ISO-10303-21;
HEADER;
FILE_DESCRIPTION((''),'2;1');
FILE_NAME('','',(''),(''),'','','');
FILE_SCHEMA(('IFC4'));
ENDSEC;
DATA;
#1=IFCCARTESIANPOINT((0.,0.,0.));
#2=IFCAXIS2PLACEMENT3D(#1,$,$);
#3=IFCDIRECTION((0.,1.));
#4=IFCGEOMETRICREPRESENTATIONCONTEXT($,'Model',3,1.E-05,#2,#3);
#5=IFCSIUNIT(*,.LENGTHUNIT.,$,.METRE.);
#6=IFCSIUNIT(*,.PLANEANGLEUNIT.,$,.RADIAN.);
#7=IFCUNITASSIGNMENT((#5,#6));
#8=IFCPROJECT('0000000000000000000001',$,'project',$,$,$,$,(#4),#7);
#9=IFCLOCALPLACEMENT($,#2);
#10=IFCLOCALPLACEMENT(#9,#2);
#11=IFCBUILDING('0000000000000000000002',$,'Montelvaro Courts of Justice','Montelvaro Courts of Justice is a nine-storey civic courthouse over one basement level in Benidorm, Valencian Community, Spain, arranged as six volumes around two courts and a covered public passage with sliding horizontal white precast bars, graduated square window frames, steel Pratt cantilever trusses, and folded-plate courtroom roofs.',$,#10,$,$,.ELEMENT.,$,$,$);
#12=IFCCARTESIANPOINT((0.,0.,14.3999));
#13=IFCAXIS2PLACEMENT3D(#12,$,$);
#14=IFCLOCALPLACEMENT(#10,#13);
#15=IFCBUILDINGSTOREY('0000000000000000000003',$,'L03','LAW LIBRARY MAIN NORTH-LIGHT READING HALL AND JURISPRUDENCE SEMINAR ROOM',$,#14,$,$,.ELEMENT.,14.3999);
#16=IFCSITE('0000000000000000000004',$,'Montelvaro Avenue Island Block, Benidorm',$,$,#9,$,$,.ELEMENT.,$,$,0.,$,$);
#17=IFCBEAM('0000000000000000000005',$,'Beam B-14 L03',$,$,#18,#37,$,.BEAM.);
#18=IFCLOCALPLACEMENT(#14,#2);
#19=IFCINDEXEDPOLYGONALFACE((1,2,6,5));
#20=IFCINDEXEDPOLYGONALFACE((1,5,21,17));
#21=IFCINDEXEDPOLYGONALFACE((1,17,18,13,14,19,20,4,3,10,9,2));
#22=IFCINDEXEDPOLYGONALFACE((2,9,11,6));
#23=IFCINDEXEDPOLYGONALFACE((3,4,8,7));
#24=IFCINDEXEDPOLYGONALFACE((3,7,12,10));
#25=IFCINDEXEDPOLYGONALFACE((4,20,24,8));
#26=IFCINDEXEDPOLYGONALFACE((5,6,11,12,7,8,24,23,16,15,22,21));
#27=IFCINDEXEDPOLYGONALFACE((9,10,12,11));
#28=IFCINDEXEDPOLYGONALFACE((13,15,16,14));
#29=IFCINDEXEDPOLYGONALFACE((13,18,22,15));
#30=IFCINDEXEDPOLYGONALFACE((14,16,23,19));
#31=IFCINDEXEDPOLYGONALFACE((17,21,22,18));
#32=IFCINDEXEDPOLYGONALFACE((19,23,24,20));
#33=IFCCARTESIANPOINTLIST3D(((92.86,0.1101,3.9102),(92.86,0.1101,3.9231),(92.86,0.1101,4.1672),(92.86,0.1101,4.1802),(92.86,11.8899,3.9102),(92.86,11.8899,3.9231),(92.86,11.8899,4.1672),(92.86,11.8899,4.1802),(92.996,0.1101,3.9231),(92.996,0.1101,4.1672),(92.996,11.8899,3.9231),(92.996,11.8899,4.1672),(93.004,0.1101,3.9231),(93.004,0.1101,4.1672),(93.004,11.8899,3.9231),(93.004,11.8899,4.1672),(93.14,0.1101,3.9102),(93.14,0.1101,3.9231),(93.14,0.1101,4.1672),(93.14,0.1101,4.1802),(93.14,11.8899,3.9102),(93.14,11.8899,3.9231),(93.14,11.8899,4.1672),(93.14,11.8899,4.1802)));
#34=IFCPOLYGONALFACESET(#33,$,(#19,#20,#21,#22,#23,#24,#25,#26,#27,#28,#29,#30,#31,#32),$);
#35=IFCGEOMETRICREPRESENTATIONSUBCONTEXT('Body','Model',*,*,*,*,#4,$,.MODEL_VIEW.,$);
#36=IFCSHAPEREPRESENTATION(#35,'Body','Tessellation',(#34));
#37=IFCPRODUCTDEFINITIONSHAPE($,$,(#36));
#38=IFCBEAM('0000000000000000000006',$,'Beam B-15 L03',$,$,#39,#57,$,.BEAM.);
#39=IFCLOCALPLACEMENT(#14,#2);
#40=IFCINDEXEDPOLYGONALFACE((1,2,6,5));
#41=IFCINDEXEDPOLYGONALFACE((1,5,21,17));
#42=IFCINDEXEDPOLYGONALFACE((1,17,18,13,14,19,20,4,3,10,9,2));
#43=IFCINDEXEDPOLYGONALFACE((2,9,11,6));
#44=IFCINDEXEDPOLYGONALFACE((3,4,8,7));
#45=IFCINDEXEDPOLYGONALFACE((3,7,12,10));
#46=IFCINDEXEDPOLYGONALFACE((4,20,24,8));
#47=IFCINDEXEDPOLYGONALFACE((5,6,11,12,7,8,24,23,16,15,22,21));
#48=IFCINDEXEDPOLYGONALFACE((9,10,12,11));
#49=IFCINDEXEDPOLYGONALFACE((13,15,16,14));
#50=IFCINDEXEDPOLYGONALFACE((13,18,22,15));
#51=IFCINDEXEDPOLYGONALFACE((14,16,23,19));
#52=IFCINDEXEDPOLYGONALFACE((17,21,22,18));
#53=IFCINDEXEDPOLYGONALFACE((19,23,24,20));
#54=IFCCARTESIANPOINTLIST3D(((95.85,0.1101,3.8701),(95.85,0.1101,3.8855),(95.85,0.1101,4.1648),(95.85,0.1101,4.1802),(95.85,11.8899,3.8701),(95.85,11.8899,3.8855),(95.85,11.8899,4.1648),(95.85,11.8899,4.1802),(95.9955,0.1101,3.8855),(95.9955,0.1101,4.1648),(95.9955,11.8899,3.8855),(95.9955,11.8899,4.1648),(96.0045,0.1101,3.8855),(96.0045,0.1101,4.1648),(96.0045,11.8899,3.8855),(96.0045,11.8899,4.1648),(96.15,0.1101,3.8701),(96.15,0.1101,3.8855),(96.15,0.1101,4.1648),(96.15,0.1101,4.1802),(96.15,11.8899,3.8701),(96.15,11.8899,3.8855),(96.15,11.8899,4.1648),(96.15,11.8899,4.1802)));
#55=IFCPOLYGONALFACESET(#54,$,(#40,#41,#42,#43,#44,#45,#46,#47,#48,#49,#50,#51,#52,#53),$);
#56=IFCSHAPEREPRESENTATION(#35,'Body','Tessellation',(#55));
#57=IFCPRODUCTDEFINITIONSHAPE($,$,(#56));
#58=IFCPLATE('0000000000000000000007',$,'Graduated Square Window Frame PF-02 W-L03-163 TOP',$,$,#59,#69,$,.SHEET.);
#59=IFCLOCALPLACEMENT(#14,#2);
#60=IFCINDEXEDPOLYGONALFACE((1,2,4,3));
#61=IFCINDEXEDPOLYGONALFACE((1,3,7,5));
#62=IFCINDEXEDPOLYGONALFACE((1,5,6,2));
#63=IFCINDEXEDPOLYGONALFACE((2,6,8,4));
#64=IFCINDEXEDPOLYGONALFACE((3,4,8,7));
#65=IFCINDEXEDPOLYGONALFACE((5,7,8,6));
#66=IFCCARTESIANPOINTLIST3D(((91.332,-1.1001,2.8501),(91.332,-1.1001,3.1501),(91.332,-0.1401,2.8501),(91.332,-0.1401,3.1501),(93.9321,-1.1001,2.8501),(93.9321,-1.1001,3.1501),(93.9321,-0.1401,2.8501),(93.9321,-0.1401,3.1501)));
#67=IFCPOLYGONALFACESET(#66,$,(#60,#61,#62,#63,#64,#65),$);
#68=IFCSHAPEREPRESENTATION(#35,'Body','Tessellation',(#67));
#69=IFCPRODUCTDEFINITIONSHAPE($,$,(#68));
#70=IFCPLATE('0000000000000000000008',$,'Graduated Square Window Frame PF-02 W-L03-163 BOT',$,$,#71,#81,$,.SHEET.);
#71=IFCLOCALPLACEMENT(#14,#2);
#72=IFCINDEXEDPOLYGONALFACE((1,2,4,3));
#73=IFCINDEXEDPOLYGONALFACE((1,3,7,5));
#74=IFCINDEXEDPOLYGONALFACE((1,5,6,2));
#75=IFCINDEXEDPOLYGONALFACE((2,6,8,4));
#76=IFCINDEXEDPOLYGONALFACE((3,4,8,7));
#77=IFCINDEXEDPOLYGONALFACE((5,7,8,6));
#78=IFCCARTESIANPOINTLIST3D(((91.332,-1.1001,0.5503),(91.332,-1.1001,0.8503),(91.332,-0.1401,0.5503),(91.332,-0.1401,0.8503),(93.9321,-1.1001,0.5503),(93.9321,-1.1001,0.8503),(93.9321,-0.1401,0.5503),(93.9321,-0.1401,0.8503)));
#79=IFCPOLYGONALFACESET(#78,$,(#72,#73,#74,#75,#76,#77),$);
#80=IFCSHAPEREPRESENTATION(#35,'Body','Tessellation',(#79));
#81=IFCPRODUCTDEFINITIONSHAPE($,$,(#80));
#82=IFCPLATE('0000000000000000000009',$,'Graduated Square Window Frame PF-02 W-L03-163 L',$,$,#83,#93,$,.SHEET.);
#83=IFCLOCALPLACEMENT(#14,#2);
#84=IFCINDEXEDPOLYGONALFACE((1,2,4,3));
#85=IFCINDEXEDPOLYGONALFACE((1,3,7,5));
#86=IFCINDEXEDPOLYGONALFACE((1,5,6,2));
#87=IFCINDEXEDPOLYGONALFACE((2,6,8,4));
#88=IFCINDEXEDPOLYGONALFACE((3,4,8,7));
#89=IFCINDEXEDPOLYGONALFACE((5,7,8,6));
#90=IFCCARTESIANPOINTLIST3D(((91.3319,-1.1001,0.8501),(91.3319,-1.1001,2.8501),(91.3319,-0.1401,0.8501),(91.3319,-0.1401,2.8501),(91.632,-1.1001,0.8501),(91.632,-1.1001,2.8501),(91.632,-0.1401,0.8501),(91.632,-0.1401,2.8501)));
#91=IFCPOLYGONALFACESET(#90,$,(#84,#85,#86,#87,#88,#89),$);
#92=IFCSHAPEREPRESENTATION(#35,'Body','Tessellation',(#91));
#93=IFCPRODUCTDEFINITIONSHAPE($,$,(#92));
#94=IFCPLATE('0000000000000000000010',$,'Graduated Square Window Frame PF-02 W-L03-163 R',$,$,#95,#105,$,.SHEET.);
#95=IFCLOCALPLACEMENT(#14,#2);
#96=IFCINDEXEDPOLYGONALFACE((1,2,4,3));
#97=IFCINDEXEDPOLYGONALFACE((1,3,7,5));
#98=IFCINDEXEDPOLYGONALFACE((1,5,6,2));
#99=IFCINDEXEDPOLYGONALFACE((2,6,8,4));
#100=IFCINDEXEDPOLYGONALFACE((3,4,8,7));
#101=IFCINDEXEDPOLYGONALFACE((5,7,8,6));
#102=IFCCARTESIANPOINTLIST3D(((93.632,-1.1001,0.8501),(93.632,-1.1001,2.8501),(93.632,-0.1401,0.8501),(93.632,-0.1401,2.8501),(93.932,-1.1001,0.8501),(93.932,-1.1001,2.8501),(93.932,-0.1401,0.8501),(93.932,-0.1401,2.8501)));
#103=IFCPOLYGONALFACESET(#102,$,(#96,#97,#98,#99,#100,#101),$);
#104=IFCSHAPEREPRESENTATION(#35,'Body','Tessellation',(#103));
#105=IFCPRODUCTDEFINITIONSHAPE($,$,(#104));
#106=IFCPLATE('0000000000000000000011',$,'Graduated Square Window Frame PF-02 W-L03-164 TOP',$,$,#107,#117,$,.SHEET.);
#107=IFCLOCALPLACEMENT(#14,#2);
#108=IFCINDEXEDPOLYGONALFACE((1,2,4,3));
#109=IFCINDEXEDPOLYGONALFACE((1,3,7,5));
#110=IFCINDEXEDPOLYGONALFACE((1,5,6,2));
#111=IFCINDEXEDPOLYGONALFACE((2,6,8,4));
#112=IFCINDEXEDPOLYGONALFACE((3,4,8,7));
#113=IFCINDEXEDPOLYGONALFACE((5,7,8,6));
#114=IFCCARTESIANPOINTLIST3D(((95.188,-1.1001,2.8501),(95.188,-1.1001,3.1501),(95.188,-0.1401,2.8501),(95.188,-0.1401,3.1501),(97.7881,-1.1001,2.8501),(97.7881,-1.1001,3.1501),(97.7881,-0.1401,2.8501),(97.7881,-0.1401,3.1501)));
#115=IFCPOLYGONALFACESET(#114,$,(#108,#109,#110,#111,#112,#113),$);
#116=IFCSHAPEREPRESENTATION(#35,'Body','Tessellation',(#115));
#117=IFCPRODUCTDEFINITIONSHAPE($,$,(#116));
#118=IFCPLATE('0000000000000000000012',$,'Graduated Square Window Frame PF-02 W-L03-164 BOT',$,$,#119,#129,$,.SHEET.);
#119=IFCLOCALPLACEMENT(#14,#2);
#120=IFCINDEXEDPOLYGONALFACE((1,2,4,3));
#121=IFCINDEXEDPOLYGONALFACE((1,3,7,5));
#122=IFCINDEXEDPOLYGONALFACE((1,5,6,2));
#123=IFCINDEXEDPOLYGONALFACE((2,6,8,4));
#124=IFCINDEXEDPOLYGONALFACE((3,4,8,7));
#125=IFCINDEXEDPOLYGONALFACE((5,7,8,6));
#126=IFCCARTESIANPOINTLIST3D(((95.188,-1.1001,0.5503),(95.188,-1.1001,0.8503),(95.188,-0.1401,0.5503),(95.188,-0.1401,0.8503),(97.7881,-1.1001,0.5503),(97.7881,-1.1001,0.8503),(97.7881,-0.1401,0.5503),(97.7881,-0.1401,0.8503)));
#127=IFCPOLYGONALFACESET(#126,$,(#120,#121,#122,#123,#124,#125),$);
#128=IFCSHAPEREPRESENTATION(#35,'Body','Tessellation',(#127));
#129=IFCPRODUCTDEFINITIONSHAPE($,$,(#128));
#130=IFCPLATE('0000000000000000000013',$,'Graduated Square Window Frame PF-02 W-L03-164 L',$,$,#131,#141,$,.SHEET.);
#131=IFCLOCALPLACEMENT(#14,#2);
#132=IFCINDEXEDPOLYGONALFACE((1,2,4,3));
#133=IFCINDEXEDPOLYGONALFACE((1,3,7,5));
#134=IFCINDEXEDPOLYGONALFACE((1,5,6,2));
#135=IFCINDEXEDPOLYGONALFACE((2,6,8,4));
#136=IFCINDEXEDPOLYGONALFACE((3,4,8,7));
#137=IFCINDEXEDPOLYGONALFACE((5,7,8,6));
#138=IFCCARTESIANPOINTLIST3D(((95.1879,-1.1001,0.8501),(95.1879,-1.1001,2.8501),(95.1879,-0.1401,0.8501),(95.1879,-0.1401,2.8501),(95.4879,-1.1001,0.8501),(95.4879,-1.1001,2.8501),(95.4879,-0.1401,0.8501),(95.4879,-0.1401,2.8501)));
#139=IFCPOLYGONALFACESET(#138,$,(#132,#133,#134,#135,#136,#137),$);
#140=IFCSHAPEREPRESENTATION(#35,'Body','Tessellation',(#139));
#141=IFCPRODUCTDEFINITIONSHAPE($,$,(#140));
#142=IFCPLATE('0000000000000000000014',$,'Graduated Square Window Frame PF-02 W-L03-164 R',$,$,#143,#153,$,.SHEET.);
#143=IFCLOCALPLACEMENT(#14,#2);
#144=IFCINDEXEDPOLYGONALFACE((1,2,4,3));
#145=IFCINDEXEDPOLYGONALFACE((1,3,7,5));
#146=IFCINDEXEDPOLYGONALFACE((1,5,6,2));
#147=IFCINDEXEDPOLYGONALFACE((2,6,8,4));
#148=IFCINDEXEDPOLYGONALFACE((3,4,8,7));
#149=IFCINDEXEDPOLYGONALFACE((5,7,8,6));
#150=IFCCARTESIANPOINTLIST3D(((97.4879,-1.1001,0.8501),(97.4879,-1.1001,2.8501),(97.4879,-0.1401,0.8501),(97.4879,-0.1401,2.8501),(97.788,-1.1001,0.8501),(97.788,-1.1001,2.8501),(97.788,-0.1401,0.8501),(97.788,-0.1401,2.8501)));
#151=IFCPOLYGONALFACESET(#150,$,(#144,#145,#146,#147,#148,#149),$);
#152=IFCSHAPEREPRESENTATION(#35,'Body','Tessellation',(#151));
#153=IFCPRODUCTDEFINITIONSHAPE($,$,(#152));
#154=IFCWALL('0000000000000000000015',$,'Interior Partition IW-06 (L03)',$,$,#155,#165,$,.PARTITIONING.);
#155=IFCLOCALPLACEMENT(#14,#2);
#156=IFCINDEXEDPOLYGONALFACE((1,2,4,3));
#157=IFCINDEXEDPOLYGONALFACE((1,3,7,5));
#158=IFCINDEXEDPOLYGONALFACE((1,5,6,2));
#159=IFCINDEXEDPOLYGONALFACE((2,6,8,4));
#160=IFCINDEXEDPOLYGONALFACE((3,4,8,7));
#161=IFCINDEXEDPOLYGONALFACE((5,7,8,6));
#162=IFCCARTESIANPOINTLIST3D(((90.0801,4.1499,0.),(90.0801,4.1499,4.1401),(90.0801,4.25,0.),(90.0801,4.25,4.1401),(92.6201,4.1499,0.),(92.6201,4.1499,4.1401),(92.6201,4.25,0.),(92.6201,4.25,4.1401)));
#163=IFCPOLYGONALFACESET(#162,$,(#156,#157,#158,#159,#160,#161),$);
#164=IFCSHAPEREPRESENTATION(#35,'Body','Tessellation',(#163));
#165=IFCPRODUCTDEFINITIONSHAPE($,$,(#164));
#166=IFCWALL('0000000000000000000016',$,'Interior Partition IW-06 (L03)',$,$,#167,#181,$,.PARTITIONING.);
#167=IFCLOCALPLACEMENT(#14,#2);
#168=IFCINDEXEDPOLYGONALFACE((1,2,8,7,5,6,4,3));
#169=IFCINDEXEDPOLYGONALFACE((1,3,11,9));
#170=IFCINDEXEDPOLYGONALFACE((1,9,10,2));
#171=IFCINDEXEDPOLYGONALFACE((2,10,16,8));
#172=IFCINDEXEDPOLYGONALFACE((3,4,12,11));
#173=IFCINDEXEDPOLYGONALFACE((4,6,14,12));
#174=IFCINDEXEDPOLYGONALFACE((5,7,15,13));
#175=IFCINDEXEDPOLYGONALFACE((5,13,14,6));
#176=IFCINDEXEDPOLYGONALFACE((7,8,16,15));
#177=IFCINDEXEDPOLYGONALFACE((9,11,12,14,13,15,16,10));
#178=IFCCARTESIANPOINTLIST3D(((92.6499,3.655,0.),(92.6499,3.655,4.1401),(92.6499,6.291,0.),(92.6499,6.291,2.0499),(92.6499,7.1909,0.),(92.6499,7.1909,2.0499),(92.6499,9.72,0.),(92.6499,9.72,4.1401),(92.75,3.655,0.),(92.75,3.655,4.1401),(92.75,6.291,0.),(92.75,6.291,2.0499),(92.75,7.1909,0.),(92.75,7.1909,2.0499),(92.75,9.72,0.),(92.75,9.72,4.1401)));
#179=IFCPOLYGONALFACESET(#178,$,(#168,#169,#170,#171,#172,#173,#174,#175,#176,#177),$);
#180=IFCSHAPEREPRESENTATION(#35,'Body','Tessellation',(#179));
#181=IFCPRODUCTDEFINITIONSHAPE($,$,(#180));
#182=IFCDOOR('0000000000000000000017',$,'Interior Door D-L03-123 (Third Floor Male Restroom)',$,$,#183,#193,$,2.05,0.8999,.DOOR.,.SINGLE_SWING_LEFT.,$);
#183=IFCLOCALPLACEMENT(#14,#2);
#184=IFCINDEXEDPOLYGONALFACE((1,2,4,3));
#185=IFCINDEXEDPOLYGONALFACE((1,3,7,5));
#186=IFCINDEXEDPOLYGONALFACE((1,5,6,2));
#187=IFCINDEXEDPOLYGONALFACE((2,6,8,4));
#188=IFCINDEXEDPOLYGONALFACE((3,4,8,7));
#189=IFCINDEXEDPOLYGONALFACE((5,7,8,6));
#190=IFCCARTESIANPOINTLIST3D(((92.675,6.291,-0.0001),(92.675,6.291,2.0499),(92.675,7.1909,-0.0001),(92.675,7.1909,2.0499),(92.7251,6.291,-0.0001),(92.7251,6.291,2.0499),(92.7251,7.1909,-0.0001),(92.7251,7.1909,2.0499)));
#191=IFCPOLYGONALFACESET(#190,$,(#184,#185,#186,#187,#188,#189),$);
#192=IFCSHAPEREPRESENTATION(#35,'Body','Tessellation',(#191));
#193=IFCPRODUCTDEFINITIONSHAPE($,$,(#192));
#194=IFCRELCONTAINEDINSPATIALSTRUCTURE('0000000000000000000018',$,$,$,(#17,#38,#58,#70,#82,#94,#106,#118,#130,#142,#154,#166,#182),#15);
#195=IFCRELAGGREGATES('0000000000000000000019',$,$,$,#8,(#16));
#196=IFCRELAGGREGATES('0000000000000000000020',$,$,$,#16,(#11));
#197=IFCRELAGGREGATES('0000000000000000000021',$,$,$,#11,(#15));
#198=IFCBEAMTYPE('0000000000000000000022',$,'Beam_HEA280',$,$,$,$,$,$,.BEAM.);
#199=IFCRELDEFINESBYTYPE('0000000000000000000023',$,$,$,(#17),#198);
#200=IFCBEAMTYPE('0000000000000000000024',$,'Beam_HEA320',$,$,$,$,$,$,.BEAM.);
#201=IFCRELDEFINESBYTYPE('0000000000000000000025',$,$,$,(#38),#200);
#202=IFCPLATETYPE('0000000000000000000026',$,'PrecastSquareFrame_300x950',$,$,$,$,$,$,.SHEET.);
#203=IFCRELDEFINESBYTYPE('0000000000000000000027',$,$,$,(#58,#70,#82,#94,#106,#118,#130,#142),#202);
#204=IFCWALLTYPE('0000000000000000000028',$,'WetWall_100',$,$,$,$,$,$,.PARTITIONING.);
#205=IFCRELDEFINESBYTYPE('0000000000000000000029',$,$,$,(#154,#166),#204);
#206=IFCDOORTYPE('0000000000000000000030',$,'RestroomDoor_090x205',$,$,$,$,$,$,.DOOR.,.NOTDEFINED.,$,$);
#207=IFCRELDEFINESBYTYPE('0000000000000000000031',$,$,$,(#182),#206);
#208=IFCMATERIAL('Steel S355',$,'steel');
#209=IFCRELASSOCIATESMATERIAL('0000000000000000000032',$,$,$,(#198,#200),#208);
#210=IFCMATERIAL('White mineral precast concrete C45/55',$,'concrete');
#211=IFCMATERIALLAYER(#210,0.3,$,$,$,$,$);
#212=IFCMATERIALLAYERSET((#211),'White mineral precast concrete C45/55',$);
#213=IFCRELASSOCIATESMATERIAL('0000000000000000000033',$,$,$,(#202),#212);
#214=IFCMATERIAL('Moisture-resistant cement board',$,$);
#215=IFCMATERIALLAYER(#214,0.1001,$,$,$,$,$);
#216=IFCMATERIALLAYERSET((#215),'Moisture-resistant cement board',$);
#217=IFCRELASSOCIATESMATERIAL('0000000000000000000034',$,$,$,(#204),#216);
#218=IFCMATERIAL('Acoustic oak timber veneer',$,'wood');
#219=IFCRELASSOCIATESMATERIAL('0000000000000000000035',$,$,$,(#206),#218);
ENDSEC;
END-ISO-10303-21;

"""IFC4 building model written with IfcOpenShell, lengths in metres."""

from ifc_helpers import new_model, si_unit, direction, frame, frame_2d, origin, origin_2d, place, context, subcontext, project, spatial, rectangle, i_section, extrude, material, layer, layer_set, material_profile, profile_set, type_object, element, fill, save


model = new_model("IFC4")

# Units and contexts
model_context = context("Model", 3, precision=1e-05, world=origin(), true_north=direction((0.0, 1.0)))
body_context = subcontext(model_context, "Body", "Model", "MODEL_VIEW")
ifc_project = project(units=[si_unit("LENGTHUNIT", "METRE"), si_unit("PLANEANGLEUNIT", "RADIAN")], contexts=[model_context])

# Site, building, storey
site_placement = place(None, origin())
site = spatial("IfcSite", under=ifc_project, at=site_placement, Name="Montelvaro Avenue Island Block, Benidorm", CompositionType="ELEMENT", RefElevation=0.0)
building_placement = place(site_placement, origin())
building = spatial("IfcBuilding", under=site, at=building_placement, Name="Montelvaro Courts of Justice", Description="Montelvaro Courts of Justice is a nine-storey civic courthouse over one basement level in Benidorm, Valencian Community, Spain, arranged as six volumes around two courts and a covered public passage with sliding horizontal white precast bars, graduated square window frames, steel Pratt cantilever trusses, and folded-plate courtroom roofs.", CompositionType="ELEMENT")
storey_placement = place(building_placement, frame((0.0, 0.0, 14.3999)))
storey = spatial("IfcBuildingStorey", under=building, at=storey_placement, Name="L03", Description="LAW LIBRARY MAIN NORTH-LIGHT READING HALL AND JURISPRUDENCE SEMINAR ROOM", CompositionType="ELEMENT", Elevation=14.3999)

# Beams
ifc_material_1 = material(Name="Steel S355", Category="steel")
ifc_material_profile_1 = material_profile(ifc_material_1, i_section(OverallWidth=0.28, OverallDepth=0.27, WebThickness=0.0081, FlangeThickness=0.0129, at=origin_2d()), Name="HEA 280")
ifc_profile_set_1 = profile_set([ifc_material_profile_1], Name="Steel S355")
beam_type_1 = type_object("IfcBeamType", Name="Beam_HEA280", PredefinedType="BEAM", material=ifc_profile_set_1)
beam_1_placement = place(storey_placement, frame((93.0, 0.1101, 4.0452), z_axis=(0.0, 1.0, 0.0), x_axis=(-1.0, 0.0, 0.0)))
element("IfcBeam", 1, at=beam_1_placement, inside=storey, type_object=beam_type_1, Name="Beam B-14 L03", PredefinedType="BEAM", context=body_context, shape_type="SweptSolid", body=[
    extrude(i_section(OverallWidth=0.28, OverallDepth=0.27, WebThickness=0.0081, FlangeThickness=0.0129, at=origin_2d()), origin(), (0.0, 0.0, 1.0), 11.7798),
])
ifc_material_profile_2 = material_profile(ifc_material_1, i_section(OverallWidth=0.3, OverallDepth=0.3101, WebThickness=0.009, FlangeThickness=0.0154, at=origin_2d()), Name="HEA 320")
ifc_profile_set_2 = profile_set([ifc_material_profile_2], Name="Steel S355")
beam_type_2 = type_object("IfcBeamType", Name="Beam_HEA320", PredefinedType="BEAM", material=ifc_profile_set_2)
beam_2_placement = place(storey_placement, frame((96.0, 0.1101, 4.0251), z_axis=(0.0, 1.0, 0.0), x_axis=(-1.0, 0.0, 0.0)))
element("IfcBeam", 2, at=beam_2_placement, inside=storey, type_object=beam_type_2, Name="Beam B-15 L03", PredefinedType="BEAM", context=body_context, shape_type="SweptSolid", body=[
    extrude(i_section(OverallWidth=0.3, OverallDepth=0.3101, WebThickness=0.009, FlangeThickness=0.0154, at=origin_2d()), origin(), (0.0, 0.0, 1.0), 11.7798),
])

# Plates
ifc_material_2 = material(Name="White mineral precast concrete C45/55", Category="concrete")
ifc_layer_1 = layer(ifc_material_2, 0.3)
ifc_layer_set_1 = layer_set([ifc_layer_1], Name="White mineral precast concrete C45/55")
plate_type = type_object("IfcPlateType", Name="PrecastSquareFrame_300x950", PredefinedType="SHEET", material=ifc_layer_set_1)
for number, where, z_axis, x_axis, name in (
    (3, (92.6321, -0.6201, 2.8501), (0.0, 0.0, 1.0), (1.0, 0.0, 0.0), "Graduated Square Window Frame PF-02 W-L03-163 TOP"),
    (4, (92.6321, -0.6201, 0.5503), (0.0, 0.0, 1.0), (1.0, 0.0, 0.0), "Graduated Square Window Frame PF-02 W-L03-163 BOT"),
):
    element("IfcPlate", number, at=place(storey_placement, frame(where, z_axis=z_axis, x_axis=x_axis)), inside=storey, type_object=plate_type, Name=name, PredefinedType="SHEET", context=body_context, shape_type="SweptSolid", body=[
        extrude(rectangle(XDim=2.6001, YDim=0.96, at=origin_2d()), origin(), (0.0, 0.0, 1.0), 0.3),
    ])
for number, where, z_axis, x_axis, name in (
    (5, (91.4819, -0.6201, 0.8501), (0.0, 0.0, 1.0), (1.0, 0.0, 0.0), "Graduated Square Window Frame PF-02 W-L03-163 L"),
    (6, (93.782, -0.6201, 0.8501), (0.0, 0.0, 1.0), (1.0, 0.0, 0.0), "Graduated Square Window Frame PF-02 W-L03-163 R"),
):
    element("IfcPlate", number, at=place(storey_placement, frame(where, z_axis=z_axis, x_axis=x_axis)), inside=storey, type_object=plate_type, Name=name, PredefinedType="SHEET", context=body_context, shape_type="SweptSolid", body=[
        extrude(rectangle(XDim=0.3, YDim=0.96, at=origin_2d()), origin(), (0.0, 0.0, 1.0), 2.0),
    ])
for number, where, z_axis, x_axis, name in (
    (7, (96.488, -0.6201, 2.8501), (0.0, 0.0, 1.0), (1.0, 0.0, 0.0), "Graduated Square Window Frame PF-02 W-L03-164 TOP"),
    (8, (96.488, -0.6201, 0.5503), (0.0, 0.0, 1.0), (1.0, 0.0, 0.0), "Graduated Square Window Frame PF-02 W-L03-164 BOT"),
):
    element("IfcPlate", number, at=place(storey_placement, frame(where, z_axis=z_axis, x_axis=x_axis)), inside=storey, type_object=plate_type, Name=name, PredefinedType="SHEET", context=body_context, shape_type="SweptSolid", body=[
        extrude(rectangle(XDim=2.6001, YDim=0.96, at=origin_2d()), origin(), (0.0, 0.0, 1.0), 0.3),
    ])
for number, where, z_axis, x_axis, name in (
    (9, (95.3379, -0.6201, 0.8501), (0.0, 0.0, 1.0), (1.0, 0.0, 0.0), "Graduated Square Window Frame PF-02 W-L03-164 L"),
    (10, (97.6379, -0.6201, 0.8501), (0.0, 0.0, 1.0), (1.0, 0.0, 0.0), "Graduated Square Window Frame PF-02 W-L03-164 R"),
):
    element("IfcPlate", number, at=place(storey_placement, frame(where, z_axis=z_axis, x_axis=x_axis)), inside=storey, type_object=plate_type, Name=name, PredefinedType="SHEET", context=body_context, shape_type="SweptSolid", body=[
        extrude(rectangle(XDim=0.3, YDim=0.96, at=origin_2d()), origin(), (0.0, 0.0, 1.0), 2.0),
    ])

# Wall
ifc_material_3 = material(Name="Moisture-resistant cement board")
ifc_layer_2 = layer(ifc_material_3, 0.1001)
ifc_layer_set_2 = layer_set([ifc_layer_2], Name="Moisture-resistant cement board")
wall_type = type_object("IfcWallType", Name="WetWall_100", PredefinedType="PARTITIONING", material=ifc_layer_set_2)
wall_1_placement = place(storey_placement, frame((92.6201, 4.2, 0.0), z_axis=(0.0, 0.0, 1.0), x_axis=(-1.0, 0.0, 0.0)))
element("IfcWall", 11, at=wall_1_placement, inside=storey, type_object=wall_type, Name="Interior Partition IW-06 (L03)", PredefinedType="PARTITIONING", context=body_context, shape_type="SweptSolid", body=[
    extrude(rectangle(XDim=2.54, YDim=0.1001, at=frame_2d((1.27, 0.0))), origin(), (0.0, 0.0, 1.0), 4.1401),
])

# Wall, opening, door
wall_2_placement = place(storey_placement, frame((92.7, 9.72, 0.0), z_axis=(0.0, 0.0, 1.0), x_axis=(0.0, -1.0, 0.0)))
wall_2 = element("IfcWall", 12, at=wall_2_placement, inside=storey, type_object=wall_type, Name="Interior Partition IW-06 (L03)", PredefinedType="PARTITIONING", context=body_context, shape_type="SweptSolid", body=[
    extrude(rectangle(XDim=6.0649, YDim=0.1001, at=frame_2d((3.0325, 0.0))), origin(), (0.0, 0.0, 1.0), 4.1401),
])
opening_1_placement = place(wall_2_placement, frame((2.5291, 0.0, 0.0)))
opening_1 = element("IfcOpeningElement", 13, at=opening_1_placement, cuts=wall_2, PredefinedType="OPENING", context=body_context, shape_type="SweptSolid", body=[
    extrude(rectangle(XDim=0.8999, YDim=2.05, at=frame_2d((0.45, 1.0249))), frame((0.0, 0.0649, 0.0), z_axis=(0.0, -1.0, 0.0), x_axis=(1.0, 0.0, 0.0)), (0.0, 0.0, 1.0), 0.1299),
])
ifc_material_4 = material(Name="Acoustic oak timber veneer", Category="wood")
door_type_1 = type_object("IfcDoorType", Name="RestroomDoor_090x205", OperationType="NOTDEFINED", PredefinedType="DOOR", material=ifc_material_4)
door_1_placement = place(opening_1_placement, frame((0.8999, 0.0, 0.0), z_axis=(0.0, 0.0, 1.0), x_axis=(-1.0, 0.0, 0.0)))
door_1 = element("IfcDoor", 14, at=door_1_placement, inside=storey, type_object=door_type_1, Name="Interior Door D-L03-123 (Third Floor Male Restroom)", OperationType="SINGLE_SWING_LEFT", OverallHeight=2.05, OverallWidth=0.8999, PredefinedType="DOOR", context=body_context, shape_type="SweptSolid", body=[
    extrude(rectangle(XDim=0.8999, YDim=2.05, at=frame_2d((0.45, 1.0249))), frame((0.0, 0.0249, 0.0), z_axis=(0.0, -1.0, 0.0), x_axis=(1.0, 0.0, 0.0)), (0.0, 0.0, 1.0), 0.05),
])
fill(opening_1, door_1)

save(model, "model.ifc")
